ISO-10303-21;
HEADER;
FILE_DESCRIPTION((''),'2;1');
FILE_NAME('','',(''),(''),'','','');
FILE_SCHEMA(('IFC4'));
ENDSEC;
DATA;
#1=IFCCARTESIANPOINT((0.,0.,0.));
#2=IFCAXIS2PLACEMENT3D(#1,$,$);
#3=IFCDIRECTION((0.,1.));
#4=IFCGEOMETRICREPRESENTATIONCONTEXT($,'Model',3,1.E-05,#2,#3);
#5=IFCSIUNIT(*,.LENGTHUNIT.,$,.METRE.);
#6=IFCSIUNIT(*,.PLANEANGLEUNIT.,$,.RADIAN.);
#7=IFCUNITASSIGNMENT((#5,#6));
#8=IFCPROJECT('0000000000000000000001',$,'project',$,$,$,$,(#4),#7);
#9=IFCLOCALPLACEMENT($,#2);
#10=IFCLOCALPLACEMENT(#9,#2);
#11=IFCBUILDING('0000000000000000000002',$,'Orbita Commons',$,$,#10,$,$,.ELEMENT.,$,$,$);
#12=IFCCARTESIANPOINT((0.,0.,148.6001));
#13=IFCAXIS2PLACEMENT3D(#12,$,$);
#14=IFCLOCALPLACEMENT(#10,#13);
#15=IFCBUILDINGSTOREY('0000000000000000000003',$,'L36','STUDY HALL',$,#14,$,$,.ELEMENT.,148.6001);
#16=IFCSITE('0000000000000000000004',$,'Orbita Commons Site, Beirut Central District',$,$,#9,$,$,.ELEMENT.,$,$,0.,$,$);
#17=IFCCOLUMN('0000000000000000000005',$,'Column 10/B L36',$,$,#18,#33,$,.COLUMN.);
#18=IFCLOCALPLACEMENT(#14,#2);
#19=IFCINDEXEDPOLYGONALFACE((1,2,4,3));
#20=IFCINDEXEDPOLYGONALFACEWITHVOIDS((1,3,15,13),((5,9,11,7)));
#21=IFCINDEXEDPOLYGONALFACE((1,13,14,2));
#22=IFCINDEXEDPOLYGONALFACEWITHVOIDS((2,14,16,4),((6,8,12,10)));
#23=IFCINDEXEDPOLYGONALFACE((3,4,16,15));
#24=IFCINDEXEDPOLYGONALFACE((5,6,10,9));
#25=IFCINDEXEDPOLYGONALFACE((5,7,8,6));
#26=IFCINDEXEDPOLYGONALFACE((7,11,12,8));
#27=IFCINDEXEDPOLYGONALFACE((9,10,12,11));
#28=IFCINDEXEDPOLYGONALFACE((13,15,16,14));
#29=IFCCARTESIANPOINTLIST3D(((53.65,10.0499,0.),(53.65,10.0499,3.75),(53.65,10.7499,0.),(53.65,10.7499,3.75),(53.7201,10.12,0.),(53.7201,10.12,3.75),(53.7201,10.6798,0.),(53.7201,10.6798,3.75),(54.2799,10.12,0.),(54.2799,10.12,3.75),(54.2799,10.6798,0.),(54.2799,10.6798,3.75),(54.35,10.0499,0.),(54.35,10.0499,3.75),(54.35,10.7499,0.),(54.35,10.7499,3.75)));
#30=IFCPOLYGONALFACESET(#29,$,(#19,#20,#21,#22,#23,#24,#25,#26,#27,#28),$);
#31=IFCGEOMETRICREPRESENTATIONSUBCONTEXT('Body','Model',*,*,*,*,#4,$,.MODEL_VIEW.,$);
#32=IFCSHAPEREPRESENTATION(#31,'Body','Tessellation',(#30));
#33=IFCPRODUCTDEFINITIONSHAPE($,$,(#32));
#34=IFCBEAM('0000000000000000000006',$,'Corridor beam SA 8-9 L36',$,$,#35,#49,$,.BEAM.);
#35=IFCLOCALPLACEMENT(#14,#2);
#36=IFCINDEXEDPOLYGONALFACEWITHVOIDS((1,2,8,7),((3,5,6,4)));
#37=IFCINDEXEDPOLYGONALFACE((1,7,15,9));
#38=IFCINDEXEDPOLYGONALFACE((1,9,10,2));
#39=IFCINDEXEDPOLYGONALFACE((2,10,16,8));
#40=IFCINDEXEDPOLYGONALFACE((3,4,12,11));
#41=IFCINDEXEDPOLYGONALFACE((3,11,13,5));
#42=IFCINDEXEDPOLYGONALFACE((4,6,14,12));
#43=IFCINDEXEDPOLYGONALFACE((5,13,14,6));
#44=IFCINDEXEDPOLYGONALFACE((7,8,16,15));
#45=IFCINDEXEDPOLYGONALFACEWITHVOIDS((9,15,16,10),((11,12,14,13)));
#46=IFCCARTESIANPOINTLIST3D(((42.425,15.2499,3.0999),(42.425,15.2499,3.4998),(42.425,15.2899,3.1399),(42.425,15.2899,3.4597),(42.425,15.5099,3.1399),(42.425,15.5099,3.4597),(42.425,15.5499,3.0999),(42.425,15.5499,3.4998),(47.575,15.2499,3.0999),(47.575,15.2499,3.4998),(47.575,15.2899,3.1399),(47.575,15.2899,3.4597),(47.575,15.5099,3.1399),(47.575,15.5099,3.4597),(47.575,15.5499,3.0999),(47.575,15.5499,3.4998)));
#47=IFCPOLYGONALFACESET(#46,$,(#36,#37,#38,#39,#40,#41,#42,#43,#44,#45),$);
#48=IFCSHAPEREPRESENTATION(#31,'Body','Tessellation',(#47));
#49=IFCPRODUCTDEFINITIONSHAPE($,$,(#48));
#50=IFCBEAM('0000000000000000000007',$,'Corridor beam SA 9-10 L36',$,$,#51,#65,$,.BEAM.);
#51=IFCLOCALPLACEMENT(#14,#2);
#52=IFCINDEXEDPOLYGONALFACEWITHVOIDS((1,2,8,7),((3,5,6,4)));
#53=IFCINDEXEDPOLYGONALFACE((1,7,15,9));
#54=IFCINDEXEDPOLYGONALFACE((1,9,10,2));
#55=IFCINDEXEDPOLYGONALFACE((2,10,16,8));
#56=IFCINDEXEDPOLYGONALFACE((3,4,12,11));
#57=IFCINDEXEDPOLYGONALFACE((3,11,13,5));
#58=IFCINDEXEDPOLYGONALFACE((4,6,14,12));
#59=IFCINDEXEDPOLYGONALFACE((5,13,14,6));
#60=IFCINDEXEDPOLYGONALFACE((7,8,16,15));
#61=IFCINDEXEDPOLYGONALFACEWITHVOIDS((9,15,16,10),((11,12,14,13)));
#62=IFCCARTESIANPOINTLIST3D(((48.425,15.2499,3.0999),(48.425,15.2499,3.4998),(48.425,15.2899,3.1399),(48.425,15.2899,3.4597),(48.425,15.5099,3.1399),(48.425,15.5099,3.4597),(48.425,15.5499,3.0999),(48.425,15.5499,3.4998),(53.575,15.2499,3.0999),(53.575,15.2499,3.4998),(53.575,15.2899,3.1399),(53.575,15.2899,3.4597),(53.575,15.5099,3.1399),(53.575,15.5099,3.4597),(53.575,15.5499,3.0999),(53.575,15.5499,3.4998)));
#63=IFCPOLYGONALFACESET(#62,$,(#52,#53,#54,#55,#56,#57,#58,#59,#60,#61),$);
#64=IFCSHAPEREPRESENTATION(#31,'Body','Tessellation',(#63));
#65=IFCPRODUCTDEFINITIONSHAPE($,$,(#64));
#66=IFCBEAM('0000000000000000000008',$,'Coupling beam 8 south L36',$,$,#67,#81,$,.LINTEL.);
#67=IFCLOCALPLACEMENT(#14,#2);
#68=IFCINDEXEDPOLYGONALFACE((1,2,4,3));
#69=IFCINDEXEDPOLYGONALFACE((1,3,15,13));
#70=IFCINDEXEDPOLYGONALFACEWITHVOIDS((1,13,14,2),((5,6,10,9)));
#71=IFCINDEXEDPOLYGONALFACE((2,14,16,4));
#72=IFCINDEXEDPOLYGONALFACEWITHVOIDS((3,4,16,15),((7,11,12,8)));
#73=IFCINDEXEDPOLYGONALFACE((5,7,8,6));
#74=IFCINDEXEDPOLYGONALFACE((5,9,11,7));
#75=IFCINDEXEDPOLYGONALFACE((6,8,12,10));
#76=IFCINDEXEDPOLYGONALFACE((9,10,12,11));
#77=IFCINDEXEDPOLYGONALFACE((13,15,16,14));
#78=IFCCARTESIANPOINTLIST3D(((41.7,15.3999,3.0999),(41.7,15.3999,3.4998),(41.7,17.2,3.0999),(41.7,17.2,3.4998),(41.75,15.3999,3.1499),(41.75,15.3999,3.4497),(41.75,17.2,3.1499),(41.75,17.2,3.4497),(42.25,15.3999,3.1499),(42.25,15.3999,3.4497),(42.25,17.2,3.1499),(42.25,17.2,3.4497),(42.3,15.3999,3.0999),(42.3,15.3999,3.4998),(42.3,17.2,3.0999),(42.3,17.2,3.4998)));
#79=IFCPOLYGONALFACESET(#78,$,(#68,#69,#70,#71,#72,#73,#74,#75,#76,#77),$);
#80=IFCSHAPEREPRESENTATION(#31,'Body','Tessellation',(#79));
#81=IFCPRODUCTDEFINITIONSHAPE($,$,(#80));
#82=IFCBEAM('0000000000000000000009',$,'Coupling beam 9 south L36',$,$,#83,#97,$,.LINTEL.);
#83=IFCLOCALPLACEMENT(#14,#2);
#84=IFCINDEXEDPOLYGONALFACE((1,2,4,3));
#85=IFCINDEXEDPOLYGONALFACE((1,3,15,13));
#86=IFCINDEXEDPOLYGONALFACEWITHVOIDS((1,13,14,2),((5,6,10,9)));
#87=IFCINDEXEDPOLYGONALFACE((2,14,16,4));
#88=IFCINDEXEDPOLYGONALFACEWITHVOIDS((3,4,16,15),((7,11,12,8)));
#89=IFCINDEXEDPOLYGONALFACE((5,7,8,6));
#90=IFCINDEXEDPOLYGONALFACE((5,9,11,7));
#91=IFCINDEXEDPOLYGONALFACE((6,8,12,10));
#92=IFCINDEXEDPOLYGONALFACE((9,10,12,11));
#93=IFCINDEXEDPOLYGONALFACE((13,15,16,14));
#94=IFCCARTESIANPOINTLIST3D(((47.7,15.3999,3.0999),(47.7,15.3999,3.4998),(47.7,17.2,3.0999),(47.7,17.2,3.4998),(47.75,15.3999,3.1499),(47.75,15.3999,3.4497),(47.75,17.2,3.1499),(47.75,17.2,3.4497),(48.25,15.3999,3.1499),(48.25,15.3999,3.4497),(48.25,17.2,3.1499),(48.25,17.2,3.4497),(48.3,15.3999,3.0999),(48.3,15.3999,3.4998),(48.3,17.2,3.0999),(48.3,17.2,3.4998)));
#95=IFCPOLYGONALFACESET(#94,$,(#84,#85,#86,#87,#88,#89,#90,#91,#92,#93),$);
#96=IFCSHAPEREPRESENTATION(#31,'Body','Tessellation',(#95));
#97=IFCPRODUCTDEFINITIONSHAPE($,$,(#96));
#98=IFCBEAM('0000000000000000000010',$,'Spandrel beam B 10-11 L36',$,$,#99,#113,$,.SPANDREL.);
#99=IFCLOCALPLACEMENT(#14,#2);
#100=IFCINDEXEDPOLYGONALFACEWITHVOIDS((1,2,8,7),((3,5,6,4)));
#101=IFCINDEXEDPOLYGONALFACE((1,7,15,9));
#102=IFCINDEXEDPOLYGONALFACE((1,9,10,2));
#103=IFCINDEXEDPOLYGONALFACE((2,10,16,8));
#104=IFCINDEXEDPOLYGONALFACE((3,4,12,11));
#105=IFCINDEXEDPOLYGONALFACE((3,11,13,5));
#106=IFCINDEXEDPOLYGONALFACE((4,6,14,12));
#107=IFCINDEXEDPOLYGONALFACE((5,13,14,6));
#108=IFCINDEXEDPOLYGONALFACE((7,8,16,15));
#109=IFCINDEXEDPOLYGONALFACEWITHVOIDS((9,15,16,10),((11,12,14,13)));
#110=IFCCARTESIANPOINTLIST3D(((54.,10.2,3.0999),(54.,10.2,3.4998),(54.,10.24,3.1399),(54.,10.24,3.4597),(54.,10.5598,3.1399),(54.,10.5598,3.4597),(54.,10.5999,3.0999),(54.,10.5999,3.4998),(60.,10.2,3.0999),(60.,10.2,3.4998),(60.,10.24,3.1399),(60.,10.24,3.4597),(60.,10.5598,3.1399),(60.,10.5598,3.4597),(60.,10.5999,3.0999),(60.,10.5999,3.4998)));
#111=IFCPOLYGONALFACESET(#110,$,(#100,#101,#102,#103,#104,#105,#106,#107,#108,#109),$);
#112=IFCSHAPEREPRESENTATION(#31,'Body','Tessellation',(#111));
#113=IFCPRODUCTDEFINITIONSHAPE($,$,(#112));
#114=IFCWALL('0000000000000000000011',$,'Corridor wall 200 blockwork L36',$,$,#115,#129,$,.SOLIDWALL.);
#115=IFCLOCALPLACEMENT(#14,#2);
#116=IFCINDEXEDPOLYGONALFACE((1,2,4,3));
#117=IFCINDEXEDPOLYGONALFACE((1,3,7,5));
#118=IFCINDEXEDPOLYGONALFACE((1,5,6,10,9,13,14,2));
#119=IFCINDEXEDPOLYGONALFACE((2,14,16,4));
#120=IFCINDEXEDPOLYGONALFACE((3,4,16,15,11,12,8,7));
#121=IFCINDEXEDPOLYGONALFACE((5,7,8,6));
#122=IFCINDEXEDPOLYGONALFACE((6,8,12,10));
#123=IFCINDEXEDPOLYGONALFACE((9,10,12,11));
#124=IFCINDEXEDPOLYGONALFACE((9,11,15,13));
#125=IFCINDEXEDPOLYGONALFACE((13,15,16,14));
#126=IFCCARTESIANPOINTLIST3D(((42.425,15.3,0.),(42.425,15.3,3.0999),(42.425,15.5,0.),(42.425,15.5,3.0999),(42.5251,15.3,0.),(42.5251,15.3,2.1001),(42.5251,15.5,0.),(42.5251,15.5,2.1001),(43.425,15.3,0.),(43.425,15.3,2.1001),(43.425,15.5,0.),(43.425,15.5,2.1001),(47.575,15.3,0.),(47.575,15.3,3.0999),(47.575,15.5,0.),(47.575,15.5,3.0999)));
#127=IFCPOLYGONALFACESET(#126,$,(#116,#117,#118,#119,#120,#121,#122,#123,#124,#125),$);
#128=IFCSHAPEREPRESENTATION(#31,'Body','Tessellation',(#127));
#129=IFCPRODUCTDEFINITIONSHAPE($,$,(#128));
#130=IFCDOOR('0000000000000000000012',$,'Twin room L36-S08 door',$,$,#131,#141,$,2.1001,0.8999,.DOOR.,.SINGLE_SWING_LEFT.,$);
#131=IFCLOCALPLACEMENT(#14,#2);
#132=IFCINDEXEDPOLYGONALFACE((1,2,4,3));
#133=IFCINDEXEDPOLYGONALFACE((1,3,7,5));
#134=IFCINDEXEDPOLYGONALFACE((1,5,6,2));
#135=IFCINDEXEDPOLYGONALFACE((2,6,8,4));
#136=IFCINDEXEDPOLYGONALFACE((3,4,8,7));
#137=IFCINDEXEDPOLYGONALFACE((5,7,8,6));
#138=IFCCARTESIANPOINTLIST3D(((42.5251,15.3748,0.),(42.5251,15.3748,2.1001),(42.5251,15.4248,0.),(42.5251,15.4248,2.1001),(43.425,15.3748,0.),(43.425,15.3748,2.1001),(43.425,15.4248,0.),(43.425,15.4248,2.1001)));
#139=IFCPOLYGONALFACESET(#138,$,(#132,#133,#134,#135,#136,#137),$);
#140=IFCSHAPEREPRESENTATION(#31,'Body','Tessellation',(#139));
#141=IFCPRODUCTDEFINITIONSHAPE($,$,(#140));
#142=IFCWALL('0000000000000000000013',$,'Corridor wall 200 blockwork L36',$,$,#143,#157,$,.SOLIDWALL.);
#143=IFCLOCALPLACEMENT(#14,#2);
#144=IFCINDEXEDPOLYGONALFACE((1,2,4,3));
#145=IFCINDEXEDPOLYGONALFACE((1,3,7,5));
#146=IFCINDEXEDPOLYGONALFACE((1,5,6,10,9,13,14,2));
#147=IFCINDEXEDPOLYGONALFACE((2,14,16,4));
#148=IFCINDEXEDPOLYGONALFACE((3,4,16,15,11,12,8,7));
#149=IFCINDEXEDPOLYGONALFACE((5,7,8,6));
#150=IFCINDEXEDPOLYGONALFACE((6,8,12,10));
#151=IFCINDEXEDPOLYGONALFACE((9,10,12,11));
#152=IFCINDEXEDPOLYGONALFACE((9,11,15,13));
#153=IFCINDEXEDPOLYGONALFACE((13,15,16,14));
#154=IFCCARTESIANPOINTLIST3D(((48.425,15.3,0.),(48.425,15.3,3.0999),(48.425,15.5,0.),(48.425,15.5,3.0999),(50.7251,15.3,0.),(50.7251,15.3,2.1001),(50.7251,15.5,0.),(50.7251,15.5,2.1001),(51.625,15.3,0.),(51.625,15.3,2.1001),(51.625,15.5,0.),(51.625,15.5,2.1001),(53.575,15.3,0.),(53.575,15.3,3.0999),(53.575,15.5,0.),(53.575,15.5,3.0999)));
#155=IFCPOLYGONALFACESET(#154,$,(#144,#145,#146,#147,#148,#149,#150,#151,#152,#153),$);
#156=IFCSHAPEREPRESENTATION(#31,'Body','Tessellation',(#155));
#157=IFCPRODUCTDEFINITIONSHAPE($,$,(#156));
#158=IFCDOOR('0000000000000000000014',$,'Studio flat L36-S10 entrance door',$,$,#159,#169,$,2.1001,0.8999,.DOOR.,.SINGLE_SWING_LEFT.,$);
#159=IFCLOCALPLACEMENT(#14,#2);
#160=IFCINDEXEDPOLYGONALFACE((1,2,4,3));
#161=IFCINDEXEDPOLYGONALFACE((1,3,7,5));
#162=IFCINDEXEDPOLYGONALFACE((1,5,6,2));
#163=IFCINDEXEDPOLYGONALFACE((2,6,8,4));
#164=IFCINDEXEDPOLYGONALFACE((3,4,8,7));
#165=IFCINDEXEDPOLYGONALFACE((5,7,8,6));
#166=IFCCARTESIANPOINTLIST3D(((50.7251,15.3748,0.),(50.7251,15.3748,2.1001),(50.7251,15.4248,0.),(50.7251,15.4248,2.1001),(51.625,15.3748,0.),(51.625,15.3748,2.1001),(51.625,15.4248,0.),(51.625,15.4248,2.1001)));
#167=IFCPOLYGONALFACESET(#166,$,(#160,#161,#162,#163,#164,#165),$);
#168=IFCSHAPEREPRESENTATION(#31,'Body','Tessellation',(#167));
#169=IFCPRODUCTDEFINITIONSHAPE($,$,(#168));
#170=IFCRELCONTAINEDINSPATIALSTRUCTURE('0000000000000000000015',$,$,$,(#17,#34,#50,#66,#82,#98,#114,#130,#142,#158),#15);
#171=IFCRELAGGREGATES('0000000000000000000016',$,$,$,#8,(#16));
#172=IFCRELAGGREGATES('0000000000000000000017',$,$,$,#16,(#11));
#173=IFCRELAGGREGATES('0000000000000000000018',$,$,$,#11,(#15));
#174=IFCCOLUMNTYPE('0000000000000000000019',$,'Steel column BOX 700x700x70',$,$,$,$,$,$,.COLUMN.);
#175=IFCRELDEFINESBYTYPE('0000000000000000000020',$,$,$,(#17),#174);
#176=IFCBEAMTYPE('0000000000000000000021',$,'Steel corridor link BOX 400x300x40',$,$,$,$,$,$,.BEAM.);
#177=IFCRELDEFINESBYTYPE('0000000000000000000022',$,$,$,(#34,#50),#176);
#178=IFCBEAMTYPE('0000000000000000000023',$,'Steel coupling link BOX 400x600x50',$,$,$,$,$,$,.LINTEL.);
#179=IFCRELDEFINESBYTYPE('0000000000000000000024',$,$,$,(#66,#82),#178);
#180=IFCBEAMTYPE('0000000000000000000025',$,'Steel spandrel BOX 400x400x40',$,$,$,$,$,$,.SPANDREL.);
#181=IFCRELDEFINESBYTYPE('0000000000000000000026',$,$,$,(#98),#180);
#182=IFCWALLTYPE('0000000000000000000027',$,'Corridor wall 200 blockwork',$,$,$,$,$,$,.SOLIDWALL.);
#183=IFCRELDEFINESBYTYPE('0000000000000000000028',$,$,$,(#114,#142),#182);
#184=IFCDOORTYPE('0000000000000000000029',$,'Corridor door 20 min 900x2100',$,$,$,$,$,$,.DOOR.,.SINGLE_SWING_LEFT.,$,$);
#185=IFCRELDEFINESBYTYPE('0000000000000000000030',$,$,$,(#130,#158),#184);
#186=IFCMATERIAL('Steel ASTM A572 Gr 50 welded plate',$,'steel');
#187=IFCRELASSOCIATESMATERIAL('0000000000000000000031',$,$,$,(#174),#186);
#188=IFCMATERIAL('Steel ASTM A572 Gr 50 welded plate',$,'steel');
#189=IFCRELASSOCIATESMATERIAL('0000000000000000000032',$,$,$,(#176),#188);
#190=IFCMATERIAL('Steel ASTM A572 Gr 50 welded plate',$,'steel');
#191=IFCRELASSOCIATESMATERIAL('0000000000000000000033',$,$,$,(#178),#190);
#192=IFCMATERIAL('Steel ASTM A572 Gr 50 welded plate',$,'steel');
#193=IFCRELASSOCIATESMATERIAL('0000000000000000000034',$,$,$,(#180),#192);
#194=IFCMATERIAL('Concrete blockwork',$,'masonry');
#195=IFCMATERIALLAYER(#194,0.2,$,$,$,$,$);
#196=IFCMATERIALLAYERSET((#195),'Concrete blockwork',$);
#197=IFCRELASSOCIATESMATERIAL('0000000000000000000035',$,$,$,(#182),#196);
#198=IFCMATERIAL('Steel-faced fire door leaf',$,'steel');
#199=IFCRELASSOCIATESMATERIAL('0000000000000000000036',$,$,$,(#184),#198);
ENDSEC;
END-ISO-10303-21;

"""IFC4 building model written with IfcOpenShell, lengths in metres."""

from ifc_helpers import new_model, si_unit, direction, frame, frame_2d, origin, origin_2d, place, context, subcontext, project, spatial, polyline, rectangle, hollow_rectangle, outline, extrude, material, layer, layer_set, material_profile, profile_set, type_object, element, fill, save


model = new_model("IFC4")

# Units and contexts
model_context = context("Model", 3, precision=1e-05, world=origin(), true_north=direction((0.0, 1.0)))
body_context = subcontext(model_context, "Body", "Model", "MODEL_VIEW")
ifc_project = project(units=[si_unit("LENGTHUNIT", "METRE"), si_unit("PLANEANGLEUNIT", "RADIAN")], contexts=[model_context])

# Site, building, storey
site_placement = place(None, origin())
site = spatial("IfcSite", under=ifc_project, at=site_placement, Name="Orbita Commons Site, Beirut Central District", CompositionType="ELEMENT", RefElevation=0.0)
building_placement = place(site_placement, origin())
building = spatial("IfcBuilding", under=site, at=building_placement, Name="Orbita Commons", CompositionType="ELEMENT")
storey_placement = place(building_placement, frame((0.0, 0.0, 148.6001)))
storey = spatial("IfcBuildingStorey", under=building, at=storey_placement, Name="L36", Description="STUDY HALL", CompositionType="ELEMENT", Elevation=148.6001)

# Column
ifc_material_1 = material(Name="Steel ASTM A572 Gr 50 welded plate", Category="steel")
ifc_material_profile_1 = material_profile(ifc_material_1, hollow_rectangle(XDim=0.7, YDim=0.7, WallThickness=0.0701, at=origin_2d()), Name="BOX 700x700x70")
ifc_profile_set_1 = profile_set([ifc_material_profile_1], Name="Steel ASTM A572 Gr 50 welded plate")
column_type = type_object("IfcColumnType", Name="Steel column BOX 700x700x70", PredefinedType="COLUMN", material=ifc_profile_set_1)
column_placement = place(storey_placement, frame((54.0, 10.3999, 0.0), z_axis=(0.0, 0.0, 1.0), x_axis=(1.0, 0.0, 0.0)))
element("IfcColumn", 1, at=column_placement, inside=storey, type_object=column_type, Name="Column 10/B L36", PredefinedType="COLUMN", context=body_context, shape_type="SweptSolid", body=[
    extrude(hollow_rectangle(XDim=0.7, YDim=0.7, WallThickness=0.0701, at=origin_2d()), origin(), (0.0, 0.0, 1.0), 3.75),
])

# Beams
ifc_material_2 = material(Name="Steel ASTM A572 Gr 50 welded plate", Category="steel")
ifc_material_profile_2 = material_profile(ifc_material_2, hollow_rectangle(XDim=0.3, YDim=0.3999, WallThickness=0.04, at=origin_2d()), Name="BOX 400x300x40")
ifc_profile_set_2 = profile_set([ifc_material_profile_2], Name="Steel ASTM A572 Gr 50 welded plate")
beam_type_1 = type_object("IfcBeamType", Name="Steel corridor link BOX 400x300x40", PredefinedType="BEAM", material=ifc_profile_set_2)
for number, where, z_axis, x_axis, name in (
    (2, (42.425, 15.3999, 3.2998), (1.0, 0.0, 0.0), (0.0, 1.0, 0.0), "Corridor beam SA 8-9 L36"),
    (3, (48.425, 15.3999, 3.2998), (1.0, 0.0, 0.0), (0.0, 1.0, 0.0), "Corridor beam SA 9-10 L36"),
):
    element("IfcBeam", number, at=place(storey_placement, frame(where, z_axis=z_axis, x_axis=x_axis)), inside=storey, type_object=beam_type_1, Name=name, PredefinedType="BEAM", context=body_context, shape_type="SweptSolid", body=[
        extrude(hollow_rectangle(XDim=0.3, YDim=0.3999, WallThickness=0.04, at=origin_2d()), origin(), (0.0, 0.0, 1.0), 5.1499),
    ])
ifc_material_3 = material(Name="Steel ASTM A572 Gr 50 welded plate", Category="steel")
ifc_material_profile_3 = material_profile(ifc_material_3, hollow_rectangle(XDim=0.6001, YDim=0.3999, WallThickness=0.05, at=origin_2d()), Name="BOX 400x600x50")
ifc_profile_set_3 = profile_set([ifc_material_profile_3], Name="Steel ASTM A572 Gr 50 welded plate")
beam_type_2 = type_object("IfcBeamType", Name="Steel coupling link BOX 400x600x50", PredefinedType="LINTEL", material=ifc_profile_set_3)
for number, where, z_axis, x_axis, name in (
    (4, (42.0, 15.3999, 3.2998), (0.0, 1.0, 0.0), (-1.0, 0.0, 0.0), "Coupling beam 8 south L36"),
    (5, (48.0, 15.3999, 3.2998), (0.0, 1.0, 0.0), (-1.0, 0.0, 0.0), "Coupling beam 9 south L36"),
):
    element("IfcBeam", number, at=place(storey_placement, frame(where, z_axis=z_axis, x_axis=x_axis)), inside=storey, type_object=beam_type_2, Name=name, PredefinedType="LINTEL", context=body_context, shape_type="SweptSolid", body=[
        extrude(hollow_rectangle(XDim=0.6001, YDim=0.3999, WallThickness=0.05, at=origin_2d()), origin(), (0.0, 0.0, 1.0), 1.8),
    ])
ifc_material_4 = material(Name="Steel ASTM A572 Gr 50 welded plate", Category="steel")
ifc_material_profile_4 = material_profile(ifc_material_4, hollow_rectangle(XDim=0.3999, YDim=0.3999, WallThickness=0.04, at=origin_2d()), Name="BOX 400x400x40")
ifc_profile_set_4 = profile_set([ifc_material_profile_4], Name="Steel ASTM A572 Gr 50 welded plate")
beam_type_3 = type_object("IfcBeamType", Name="Steel spandrel BOX 400x400x40", PredefinedType="SPANDREL", material=ifc_profile_set_4)
beam_placement = place(storey_placement, frame((54.0, 10.3999, 3.2998), z_axis=(1.0, 0.0, 0.0), x_axis=(0.0, 1.0, 0.0)))
element("IfcBeam", 6, at=beam_placement, inside=storey, type_object=beam_type_3, Name="Spandrel beam B 10-11 L36", PredefinedType="SPANDREL", context=body_context, shape_type="SweptSolid", body=[
    extrude(hollow_rectangle(XDim=0.3999, YDim=0.3999, WallThickness=0.04, at=origin_2d()), origin(), (0.0, 0.0, 1.0), 6.0),
])

# Walls, openings, doors
ifc_material_5 = material(Name="Concrete blockwork", Category="masonry")
ifc_layer_1 = layer(ifc_material_5, 0.2)
ifc_layer_set_1 = layer_set([ifc_layer_1], Name="Concrete blockwork")
wall_type_1 = type_object("IfcWallType", Name="Corridor wall 200 blockwork", PredefinedType="SOLIDWALL", material=ifc_layer_set_1)
wall_1_placement = place(storey_placement, frame((42.425, 15.3999, 0.0), z_axis=(0.0, 0.0, 1.0), x_axis=(1.0, 0.0, 0.0)))
wall_1 = element("IfcWall", 7, at=wall_1_placement, inside=storey, type_object=wall_type_1, Name="Corridor wall 200 blockwork L36", PredefinedType="SOLIDWALL", context=body_context, shape_type="SweptSolid", body=[
    extrude(outline(polyline([(0.0, 0.0), (5.1499, 0.0), (5.1499, 3.0999), (0.0, 3.0999), (0.0, 0.0)])), frame((0.0, 0.1001, 0.0), z_axis=(0.0, -1.0, 0.0), x_axis=(1.0, 0.0, 0.0)), (0.0, 0.0, 1.0), 0.2),
])
opening_1_placement = place(wall_1_placement, frame((0.1001, 0.0, 0.0)))
opening_1 = element("IfcOpeningElement", 8, at=opening_1_placement, cuts=wall_1, PredefinedType="OPENING", context=body_context, shape_type="SweptSolid", body=[
    extrude(rectangle(XDim=0.8999, YDim=2.1001, at=frame_2d((0.45, 1.05))), frame((0.0, 0.1099, 0.0), z_axis=(0.0, -1.0, 0.0), x_axis=(1.0, 0.0, 0.0)), (0.0, 0.0, 1.0), 0.22),
])
ifc_material_6 = material(Name="Steel-faced fire door leaf", Category="steel")
door_type_1 = type_object("IfcDoorType", Name="Corridor door 20 min 900x2100", OperationType="SINGLE_SWING_LEFT", PredefinedType="DOOR", material=ifc_material_6)
door_1_placement = place(opening_1_placement, origin())
door_1 = element("IfcDoor", 9, at=door_1_placement, inside=storey, type_object=door_type_1, Name="Twin room L36-S08 door", OperationType="SINGLE_SWING_LEFT", OverallHeight=2.1001, OverallWidth=0.8999, PredefinedType="DOOR", context=body_context, shape_type="SweptSolid", body=[
    extrude(rectangle(XDim=0.8999, YDim=2.1001, at=frame_2d((0.45, 1.05))), frame((0.0, 0.0249, 0.0), z_axis=(0.0, -1.0, 0.0), x_axis=(1.0, 0.0, 0.0)), (0.0, 0.0, 1.0), 0.05),
])
fill(opening_1, door_1)
wall_2_placement = place(storey_placement, frame((48.425, 15.3999, 0.0), z_axis=(0.0, 0.0, 1.0), x_axis=(1.0, 0.0, 0.0)))
wall_2 = element("IfcWall", 10, at=wall_2_placement, inside=storey, type_object=wall_type_1, Name="Corridor wall 200 blockwork L36", PredefinedType="SOLIDWALL", context=body_context, shape_type="SweptSolid", body=[
    extrude(outline(polyline([(0.0, 0.0), (5.1499, 0.0), (5.1499, 3.0999), (0.0, 3.0999), (0.0, 0.0)])), frame((0.0, 0.1001, 0.0), z_axis=(0.0, -1.0, 0.0), x_axis=(1.0, 0.0, 0.0)), (0.0, 0.0, 1.0), 0.2),
])
opening_2_placement = place(wall_2_placement, frame((2.3, 0.0, 0.0)))
opening_2 = element("IfcOpeningElement", 11, at=opening_2_placement, cuts=wall_2, PredefinedType="OPENING", context=body_context, shape_type="SweptSolid", body=[
    extrude(rectangle(XDim=0.8999, YDim=2.1001, at=frame_2d((0.45, 1.05))), frame((0.0, 0.1099, 0.0), z_axis=(0.0, -1.0, 0.0), x_axis=(1.0, 0.0, 0.0)), (0.0, 0.0, 1.0), 0.22),
])
door_2_placement = place(opening_2_placement, origin())
door_2 = element("IfcDoor", 12, at=door_2_placement, inside=storey, type_object=door_type_1, Name="Studio flat L36-S10 entrance door", OperationType="SINGLE_SWING_LEFT", OverallHeight=2.1001, OverallWidth=0.8999, PredefinedType="DOOR", context=body_context, shape_type="SweptSolid", body=[
    extrude(rectangle(XDim=0.8999, YDim=2.1001, at=frame_2d((0.45, 1.05))), frame((0.0, 0.0249, 0.0), z_axis=(0.0, -1.0, 0.0), x_axis=(1.0, 0.0, 0.0)), (0.0, 0.0, 1.0), 0.05),
])
fill(opening_2, door_2)

save(model, "model.ifc")
